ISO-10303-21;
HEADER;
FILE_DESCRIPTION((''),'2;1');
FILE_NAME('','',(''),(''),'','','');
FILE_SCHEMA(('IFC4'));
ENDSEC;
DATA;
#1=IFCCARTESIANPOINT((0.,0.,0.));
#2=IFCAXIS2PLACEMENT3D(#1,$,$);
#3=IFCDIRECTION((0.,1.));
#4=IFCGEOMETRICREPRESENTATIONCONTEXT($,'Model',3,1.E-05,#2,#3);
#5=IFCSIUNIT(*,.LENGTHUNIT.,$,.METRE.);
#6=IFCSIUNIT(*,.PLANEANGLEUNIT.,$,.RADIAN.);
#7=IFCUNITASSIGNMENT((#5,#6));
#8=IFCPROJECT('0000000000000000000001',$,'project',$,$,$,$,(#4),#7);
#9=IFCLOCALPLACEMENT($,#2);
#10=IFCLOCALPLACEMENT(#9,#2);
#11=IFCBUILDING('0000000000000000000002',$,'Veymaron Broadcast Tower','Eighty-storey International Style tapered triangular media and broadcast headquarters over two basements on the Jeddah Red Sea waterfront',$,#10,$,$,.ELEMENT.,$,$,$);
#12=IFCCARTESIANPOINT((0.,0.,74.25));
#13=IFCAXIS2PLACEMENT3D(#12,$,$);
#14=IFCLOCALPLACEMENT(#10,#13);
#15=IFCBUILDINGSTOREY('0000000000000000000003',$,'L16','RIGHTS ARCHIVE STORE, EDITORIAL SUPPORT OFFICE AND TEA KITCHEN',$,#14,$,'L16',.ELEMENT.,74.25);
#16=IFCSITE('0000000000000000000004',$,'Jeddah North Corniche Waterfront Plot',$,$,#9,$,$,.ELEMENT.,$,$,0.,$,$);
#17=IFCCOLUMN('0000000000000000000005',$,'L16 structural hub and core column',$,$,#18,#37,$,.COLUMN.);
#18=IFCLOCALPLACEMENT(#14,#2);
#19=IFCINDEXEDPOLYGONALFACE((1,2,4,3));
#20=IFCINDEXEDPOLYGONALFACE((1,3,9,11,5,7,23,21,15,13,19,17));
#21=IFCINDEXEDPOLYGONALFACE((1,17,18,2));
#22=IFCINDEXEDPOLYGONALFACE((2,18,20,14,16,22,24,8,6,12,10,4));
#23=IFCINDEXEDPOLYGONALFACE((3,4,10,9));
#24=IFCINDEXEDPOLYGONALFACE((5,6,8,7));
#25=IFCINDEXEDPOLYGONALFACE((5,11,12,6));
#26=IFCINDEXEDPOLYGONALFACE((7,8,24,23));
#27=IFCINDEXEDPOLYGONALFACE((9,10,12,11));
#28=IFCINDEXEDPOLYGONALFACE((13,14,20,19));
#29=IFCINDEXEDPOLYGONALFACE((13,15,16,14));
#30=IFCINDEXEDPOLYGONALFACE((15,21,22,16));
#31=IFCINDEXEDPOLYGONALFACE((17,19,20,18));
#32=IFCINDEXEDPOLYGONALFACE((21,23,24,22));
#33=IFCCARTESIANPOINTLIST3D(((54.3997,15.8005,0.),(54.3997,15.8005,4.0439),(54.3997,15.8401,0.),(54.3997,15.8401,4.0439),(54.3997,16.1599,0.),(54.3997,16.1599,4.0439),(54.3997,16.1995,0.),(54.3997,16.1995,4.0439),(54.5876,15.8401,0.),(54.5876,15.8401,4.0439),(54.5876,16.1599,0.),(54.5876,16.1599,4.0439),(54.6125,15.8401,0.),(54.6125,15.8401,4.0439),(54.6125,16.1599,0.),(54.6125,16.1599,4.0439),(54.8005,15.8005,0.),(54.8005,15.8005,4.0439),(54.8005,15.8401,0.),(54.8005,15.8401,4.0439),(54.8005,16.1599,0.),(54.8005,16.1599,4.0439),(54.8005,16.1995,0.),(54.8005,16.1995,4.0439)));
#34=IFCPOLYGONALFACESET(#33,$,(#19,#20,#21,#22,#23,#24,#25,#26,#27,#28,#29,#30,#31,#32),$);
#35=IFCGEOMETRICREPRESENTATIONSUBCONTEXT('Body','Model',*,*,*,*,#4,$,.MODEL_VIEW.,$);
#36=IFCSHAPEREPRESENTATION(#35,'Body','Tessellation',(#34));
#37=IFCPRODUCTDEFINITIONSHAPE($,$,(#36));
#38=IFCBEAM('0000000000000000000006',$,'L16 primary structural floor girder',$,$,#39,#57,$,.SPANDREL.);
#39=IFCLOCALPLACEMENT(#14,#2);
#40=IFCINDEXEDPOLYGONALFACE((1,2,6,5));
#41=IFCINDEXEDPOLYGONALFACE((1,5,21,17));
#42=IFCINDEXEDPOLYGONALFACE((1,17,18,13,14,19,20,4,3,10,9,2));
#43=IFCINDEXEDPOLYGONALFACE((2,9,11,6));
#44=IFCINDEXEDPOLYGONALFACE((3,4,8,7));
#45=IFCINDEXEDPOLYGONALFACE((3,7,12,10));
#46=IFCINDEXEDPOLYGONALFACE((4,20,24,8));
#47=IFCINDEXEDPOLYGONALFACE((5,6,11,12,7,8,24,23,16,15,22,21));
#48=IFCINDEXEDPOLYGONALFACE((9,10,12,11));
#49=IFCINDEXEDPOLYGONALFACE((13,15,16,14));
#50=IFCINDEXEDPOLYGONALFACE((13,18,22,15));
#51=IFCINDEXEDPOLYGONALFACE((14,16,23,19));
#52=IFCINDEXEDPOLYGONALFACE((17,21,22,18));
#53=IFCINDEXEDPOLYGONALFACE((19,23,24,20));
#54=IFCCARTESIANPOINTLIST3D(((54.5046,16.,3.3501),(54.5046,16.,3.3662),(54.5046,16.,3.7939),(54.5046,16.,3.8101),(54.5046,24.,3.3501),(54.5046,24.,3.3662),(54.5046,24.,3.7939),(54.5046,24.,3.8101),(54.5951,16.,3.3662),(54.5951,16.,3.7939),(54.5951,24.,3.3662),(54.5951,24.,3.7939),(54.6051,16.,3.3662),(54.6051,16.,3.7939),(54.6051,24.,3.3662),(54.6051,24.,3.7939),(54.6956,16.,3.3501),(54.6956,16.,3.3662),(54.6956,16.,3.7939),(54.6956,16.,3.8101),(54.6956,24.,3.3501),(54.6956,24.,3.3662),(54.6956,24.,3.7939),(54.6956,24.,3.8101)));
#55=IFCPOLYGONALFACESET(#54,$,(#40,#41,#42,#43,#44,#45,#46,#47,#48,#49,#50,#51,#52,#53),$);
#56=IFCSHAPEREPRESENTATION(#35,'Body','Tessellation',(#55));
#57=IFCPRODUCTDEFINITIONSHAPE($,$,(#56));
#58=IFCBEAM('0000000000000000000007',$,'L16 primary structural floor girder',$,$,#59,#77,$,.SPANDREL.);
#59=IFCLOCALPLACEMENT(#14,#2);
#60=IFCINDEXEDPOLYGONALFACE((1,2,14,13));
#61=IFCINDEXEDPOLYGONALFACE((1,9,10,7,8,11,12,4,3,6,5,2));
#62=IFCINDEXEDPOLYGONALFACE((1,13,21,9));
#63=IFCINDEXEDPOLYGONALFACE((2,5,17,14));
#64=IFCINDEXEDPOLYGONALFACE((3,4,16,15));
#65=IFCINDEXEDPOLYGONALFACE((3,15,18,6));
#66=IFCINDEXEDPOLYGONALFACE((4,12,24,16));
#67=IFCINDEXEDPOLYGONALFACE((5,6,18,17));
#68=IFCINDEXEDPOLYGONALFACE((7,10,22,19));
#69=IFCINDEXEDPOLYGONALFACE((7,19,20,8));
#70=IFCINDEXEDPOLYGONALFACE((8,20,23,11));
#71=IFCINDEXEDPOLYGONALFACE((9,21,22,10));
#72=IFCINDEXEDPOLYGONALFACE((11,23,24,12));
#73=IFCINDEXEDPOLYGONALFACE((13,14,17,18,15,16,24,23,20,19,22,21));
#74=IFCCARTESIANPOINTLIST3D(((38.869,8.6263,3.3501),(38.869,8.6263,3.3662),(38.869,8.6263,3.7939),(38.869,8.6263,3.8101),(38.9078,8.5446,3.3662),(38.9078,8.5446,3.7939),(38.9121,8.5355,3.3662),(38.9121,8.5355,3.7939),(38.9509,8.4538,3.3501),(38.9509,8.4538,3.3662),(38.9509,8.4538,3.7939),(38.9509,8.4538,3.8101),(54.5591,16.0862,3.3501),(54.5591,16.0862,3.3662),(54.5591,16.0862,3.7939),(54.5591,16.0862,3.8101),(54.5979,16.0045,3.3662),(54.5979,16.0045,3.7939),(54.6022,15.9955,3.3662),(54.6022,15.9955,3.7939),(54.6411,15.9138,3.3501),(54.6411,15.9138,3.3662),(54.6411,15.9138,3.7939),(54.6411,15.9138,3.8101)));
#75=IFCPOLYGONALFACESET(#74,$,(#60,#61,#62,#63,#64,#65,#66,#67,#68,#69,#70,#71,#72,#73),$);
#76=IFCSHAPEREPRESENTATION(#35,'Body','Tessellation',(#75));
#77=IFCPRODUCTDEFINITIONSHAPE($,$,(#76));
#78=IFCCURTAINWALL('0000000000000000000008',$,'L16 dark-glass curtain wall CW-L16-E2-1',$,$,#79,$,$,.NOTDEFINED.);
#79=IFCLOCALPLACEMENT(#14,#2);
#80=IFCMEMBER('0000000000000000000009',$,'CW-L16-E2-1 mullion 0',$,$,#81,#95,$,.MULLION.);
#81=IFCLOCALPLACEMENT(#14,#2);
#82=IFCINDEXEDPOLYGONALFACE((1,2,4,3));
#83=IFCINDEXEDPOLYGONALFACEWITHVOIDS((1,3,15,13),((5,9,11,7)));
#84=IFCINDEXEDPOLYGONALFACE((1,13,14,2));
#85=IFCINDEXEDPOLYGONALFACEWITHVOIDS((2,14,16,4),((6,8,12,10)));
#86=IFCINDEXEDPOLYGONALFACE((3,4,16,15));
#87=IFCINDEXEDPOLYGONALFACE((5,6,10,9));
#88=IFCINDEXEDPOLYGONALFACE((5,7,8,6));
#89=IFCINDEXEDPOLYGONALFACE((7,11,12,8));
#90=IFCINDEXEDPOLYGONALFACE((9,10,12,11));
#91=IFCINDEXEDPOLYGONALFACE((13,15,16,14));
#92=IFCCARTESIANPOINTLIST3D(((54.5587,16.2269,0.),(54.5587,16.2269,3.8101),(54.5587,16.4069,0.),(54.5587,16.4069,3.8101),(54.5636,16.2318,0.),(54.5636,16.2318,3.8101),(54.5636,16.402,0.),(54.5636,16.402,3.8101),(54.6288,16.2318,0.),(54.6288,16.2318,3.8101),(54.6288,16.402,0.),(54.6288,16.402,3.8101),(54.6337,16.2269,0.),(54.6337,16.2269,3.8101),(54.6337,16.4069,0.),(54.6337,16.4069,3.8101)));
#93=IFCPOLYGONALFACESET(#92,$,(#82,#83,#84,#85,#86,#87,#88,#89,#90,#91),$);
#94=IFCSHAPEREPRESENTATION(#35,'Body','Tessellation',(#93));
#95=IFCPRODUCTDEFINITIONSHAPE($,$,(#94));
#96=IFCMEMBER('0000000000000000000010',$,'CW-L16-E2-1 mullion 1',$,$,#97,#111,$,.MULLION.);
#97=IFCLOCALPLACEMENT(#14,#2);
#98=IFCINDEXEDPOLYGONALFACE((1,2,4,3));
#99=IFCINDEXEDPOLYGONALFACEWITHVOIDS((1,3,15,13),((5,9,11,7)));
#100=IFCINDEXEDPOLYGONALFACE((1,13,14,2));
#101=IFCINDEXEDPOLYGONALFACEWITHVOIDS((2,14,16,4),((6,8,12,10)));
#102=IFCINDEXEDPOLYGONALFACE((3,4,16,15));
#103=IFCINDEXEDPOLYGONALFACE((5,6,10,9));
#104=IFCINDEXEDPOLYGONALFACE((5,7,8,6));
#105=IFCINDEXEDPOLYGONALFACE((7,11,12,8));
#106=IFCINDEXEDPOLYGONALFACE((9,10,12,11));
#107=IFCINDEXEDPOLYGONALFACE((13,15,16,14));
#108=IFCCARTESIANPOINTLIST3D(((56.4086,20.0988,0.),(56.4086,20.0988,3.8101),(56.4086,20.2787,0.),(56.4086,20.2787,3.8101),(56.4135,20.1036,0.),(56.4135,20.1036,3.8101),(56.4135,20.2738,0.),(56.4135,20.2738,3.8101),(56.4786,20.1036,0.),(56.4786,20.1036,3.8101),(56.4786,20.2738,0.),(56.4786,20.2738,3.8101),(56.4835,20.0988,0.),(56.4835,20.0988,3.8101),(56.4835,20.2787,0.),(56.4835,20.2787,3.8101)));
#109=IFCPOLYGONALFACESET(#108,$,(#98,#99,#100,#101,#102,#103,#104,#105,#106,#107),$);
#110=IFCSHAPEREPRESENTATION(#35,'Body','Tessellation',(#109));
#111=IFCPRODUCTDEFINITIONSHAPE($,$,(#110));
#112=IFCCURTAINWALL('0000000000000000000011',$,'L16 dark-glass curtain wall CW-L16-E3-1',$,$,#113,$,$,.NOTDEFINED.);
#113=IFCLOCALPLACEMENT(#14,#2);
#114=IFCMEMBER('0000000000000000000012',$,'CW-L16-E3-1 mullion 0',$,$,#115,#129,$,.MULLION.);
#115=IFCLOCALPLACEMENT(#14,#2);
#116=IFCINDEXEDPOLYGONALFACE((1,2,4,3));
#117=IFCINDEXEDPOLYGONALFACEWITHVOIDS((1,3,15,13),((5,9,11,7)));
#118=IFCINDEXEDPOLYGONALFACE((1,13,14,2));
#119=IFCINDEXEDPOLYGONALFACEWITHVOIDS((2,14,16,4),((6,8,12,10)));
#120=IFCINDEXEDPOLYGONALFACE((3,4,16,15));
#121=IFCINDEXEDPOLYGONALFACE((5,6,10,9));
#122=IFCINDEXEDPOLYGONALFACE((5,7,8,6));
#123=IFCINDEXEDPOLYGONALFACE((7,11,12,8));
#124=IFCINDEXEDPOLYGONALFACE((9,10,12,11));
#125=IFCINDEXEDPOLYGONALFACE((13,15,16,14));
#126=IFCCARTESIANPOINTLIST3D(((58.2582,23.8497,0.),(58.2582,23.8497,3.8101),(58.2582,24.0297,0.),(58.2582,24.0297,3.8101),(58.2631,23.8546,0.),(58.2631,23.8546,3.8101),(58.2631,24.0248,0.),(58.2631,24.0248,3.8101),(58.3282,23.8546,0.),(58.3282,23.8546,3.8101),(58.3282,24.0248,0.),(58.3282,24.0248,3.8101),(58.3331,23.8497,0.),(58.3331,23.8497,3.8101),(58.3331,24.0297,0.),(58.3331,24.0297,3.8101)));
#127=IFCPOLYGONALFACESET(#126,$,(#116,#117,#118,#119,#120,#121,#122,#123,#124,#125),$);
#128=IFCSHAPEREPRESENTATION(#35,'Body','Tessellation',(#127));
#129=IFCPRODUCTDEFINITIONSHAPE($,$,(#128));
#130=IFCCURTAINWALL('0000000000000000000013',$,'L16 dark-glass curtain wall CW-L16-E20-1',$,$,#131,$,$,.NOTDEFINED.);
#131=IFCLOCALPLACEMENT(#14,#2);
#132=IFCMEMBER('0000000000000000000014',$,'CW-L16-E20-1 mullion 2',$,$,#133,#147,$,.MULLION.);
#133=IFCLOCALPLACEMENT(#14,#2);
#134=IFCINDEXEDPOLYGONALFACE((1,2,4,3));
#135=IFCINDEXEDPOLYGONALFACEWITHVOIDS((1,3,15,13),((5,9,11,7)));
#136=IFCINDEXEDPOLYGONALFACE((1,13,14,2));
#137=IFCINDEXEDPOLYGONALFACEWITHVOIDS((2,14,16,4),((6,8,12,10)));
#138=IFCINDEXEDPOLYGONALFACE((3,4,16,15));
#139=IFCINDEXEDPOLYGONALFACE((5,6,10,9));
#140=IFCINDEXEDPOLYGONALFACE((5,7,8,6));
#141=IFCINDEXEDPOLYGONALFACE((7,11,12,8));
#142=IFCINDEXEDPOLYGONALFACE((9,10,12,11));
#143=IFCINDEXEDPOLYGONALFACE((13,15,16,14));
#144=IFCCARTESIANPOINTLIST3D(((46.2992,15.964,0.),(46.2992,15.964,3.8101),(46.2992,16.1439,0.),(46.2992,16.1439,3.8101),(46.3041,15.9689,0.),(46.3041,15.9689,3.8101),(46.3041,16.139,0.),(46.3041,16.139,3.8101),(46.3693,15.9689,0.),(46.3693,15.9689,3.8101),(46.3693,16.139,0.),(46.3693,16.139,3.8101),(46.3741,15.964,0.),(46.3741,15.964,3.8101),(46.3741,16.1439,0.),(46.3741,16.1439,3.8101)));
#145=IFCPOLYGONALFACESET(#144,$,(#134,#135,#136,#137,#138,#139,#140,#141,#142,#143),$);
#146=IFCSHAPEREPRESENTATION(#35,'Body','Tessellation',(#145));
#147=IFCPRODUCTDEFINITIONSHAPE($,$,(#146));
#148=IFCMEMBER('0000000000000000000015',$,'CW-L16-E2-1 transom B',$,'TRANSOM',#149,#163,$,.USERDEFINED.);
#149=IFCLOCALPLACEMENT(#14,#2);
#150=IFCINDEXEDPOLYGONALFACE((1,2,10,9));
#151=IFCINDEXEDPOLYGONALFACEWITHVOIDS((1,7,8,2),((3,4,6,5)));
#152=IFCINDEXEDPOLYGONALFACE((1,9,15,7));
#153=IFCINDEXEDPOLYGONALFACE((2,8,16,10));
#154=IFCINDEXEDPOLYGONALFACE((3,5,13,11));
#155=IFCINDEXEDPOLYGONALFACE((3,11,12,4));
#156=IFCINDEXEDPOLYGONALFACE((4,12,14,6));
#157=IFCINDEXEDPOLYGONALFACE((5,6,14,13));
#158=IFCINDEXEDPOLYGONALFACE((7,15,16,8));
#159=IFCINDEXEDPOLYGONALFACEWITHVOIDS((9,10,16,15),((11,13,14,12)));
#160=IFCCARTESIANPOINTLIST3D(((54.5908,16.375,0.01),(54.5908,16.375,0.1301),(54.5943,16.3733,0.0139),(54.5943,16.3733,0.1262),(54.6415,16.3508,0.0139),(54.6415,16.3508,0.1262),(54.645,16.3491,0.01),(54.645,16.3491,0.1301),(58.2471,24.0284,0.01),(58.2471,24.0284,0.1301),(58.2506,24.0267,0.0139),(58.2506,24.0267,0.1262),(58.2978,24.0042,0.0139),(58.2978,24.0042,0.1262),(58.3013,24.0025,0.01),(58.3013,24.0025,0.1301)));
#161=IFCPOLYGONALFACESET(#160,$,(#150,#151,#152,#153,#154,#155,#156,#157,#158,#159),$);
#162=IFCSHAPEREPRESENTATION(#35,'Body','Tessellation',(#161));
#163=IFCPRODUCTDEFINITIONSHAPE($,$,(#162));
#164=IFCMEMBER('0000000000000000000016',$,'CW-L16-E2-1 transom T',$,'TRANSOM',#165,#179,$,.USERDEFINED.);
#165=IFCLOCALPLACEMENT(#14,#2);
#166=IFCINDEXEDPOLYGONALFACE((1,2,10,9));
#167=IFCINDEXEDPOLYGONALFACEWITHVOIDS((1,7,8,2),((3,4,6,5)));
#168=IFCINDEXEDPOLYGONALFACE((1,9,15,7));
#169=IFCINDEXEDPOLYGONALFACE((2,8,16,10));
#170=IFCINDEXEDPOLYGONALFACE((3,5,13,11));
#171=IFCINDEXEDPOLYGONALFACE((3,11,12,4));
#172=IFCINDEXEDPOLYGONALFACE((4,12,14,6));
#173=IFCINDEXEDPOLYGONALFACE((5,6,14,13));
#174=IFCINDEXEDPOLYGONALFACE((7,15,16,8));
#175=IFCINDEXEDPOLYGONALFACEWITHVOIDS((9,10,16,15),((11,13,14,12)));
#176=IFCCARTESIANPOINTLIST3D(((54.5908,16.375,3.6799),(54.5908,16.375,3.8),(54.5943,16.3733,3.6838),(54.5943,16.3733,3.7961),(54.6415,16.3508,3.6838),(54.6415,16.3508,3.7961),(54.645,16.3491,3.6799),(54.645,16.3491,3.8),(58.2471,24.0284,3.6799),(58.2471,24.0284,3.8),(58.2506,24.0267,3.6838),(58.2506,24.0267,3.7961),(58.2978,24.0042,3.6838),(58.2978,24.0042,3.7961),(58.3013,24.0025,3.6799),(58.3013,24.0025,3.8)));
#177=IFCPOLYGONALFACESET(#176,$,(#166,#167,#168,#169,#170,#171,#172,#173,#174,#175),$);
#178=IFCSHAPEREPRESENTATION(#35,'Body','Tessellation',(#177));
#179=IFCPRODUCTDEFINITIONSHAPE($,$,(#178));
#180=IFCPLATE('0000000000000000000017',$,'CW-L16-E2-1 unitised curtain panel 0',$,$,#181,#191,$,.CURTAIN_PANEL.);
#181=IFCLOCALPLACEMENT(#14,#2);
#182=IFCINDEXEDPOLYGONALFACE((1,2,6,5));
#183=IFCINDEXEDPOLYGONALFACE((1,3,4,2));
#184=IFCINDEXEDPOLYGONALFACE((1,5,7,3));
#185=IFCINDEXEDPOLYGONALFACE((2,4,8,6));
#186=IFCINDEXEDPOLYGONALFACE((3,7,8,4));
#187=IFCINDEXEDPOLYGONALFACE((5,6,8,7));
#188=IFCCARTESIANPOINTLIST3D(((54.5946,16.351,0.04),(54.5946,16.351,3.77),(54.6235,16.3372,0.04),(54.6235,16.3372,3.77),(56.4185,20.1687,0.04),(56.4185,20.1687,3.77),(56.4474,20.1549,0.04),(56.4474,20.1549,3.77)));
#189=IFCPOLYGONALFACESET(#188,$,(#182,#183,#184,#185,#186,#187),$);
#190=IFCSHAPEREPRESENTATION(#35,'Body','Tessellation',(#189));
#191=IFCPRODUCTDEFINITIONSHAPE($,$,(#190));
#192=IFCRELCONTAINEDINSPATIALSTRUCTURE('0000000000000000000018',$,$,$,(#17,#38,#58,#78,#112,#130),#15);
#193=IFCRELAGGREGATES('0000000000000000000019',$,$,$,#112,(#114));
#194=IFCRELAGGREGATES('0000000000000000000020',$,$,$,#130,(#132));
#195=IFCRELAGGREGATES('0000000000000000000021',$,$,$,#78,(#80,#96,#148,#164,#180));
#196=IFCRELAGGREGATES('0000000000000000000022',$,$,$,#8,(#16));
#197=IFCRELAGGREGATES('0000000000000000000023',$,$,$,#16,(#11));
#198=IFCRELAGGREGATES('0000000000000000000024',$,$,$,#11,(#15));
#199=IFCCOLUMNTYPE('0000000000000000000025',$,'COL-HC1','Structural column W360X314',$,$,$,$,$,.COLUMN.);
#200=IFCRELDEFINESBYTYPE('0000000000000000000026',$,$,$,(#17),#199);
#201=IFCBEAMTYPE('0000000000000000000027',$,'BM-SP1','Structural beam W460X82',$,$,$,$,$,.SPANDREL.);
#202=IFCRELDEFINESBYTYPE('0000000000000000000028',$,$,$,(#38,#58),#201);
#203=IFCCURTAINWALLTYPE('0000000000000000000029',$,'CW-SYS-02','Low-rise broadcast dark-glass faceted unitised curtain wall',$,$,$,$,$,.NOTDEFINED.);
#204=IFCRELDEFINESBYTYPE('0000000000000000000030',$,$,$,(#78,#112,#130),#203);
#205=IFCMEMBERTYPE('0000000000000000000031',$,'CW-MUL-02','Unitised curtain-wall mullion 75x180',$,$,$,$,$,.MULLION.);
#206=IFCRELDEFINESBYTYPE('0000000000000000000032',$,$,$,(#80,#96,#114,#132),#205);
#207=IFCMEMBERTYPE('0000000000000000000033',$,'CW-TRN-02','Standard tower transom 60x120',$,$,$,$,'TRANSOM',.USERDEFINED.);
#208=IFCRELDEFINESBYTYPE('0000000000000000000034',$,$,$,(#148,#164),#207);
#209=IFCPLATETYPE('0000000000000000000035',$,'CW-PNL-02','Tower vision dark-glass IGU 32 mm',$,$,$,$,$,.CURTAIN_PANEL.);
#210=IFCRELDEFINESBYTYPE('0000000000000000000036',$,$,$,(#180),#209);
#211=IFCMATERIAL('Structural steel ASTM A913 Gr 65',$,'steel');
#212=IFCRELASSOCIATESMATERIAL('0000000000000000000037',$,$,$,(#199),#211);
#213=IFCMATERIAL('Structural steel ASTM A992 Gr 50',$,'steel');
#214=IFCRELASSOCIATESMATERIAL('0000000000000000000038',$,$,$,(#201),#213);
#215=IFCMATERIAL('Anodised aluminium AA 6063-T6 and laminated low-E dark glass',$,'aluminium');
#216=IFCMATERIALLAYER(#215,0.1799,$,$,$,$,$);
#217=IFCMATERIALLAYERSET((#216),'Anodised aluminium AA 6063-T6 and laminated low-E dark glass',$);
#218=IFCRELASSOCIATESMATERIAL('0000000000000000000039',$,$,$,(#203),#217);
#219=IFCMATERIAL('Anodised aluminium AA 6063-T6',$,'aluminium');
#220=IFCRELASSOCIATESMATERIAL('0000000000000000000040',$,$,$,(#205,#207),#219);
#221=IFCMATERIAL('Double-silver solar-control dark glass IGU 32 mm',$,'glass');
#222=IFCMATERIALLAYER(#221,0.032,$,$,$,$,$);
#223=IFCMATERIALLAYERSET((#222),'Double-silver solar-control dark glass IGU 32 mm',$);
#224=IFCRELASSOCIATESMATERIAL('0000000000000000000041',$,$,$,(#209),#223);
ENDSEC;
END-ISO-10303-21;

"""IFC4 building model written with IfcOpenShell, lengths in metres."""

from ifc_helpers import new_model, si_unit, direction, frame, origin, origin_2d, place, context, subcontext, project, spatial, rectangle, hollow_rectangle, i_section, extrude, material, layer, layer_set, material_profile, profile_set, type_object, element, aggregate, save


model = new_model("IFC4")

# Units and contexts
model_context = context("Model", 3, precision=1e-05, world=origin(), true_north=direction((0.0, 1.0)))
body_context = subcontext(model_context, "Body", "Model", "MODEL_VIEW")
ifc_project = project(units=[si_unit("LENGTHUNIT", "METRE"), si_unit("PLANEANGLEUNIT", "RADIAN")], contexts=[model_context])

# Site, building, storey
site_placement = place(None, origin())
site = spatial("IfcSite", under=ifc_project, at=site_placement, Name="Jeddah North Corniche Waterfront Plot", CompositionType="ELEMENT", RefElevation=0.0)
building_placement = place(site_placement, origin())
building = spatial("IfcBuilding", under=site, at=building_placement, Name="Veymaron Broadcast Tower", Description="Eighty-storey International Style tapered triangular media and broadcast headquarters over two basements on the Jeddah Red Sea waterfront", CompositionType="ELEMENT")
storey_placement = place(building_placement, frame((0.0, 0.0, 74.25)))
storey = spatial("IfcBuildingStorey", under=building, at=storey_placement, Name="L16", Description="RIGHTS ARCHIVE STORE, EDITORIAL SUPPORT OFFICE AND TEA KITCHEN", LongName="L16", CompositionType="ELEMENT", Elevation=74.25)

# Column
ifc_material_1 = material(Name="Structural steel ASTM A913 Gr 65", Category="steel")
ifc_material_profile_1 = material_profile(ifc_material_1, i_section(OverallWidth=0.4009, OverallDepth=0.3989, WebThickness=0.0249, FlangeThickness=0.0396, at=origin_2d()), Name="W360X314")
ifc_profile_set_1 = profile_set([ifc_material_profile_1], Name="Structural steel ASTM A913 Gr 65")
column_type = type_object("IfcColumnType", Name="COL-HC1", Description="Structural column W360X314", PredefinedType="COLUMN", material=ifc_profile_set_1)
column_placement = place(storey_placement, frame((54.6001, 16.0, 0.0), z_axis=(0.0, 0.0, 1.0), x_axis=(1.0, 0.0, 0.0)))
element("IfcColumn", 1, at=column_placement, inside=storey, type_object=column_type, Name="L16 structural hub and core column", PredefinedType="COLUMN", context=body_context, shape_type="SweptSolid", body=[
    extrude(i_section(OverallWidth=0.4009, OverallDepth=0.3989, WebThickness=0.0249, FlangeThickness=0.0396, at=origin_2d()), origin(), (0.0, 0.0, 1.0), 4.0439),
])

# Beams
ifc_material_2 = material(Name="Structural steel ASTM A992 Gr 50", Category="steel")
ifc_material_profile_2 = material_profile(ifc_material_2, i_section(OverallWidth=0.1909, OverallDepth=0.46, WebThickness=0.01, FlangeThickness=0.0161, at=origin_2d()), Name="W460X82")
ifc_profile_set_2 = profile_set([ifc_material_profile_2], Name="Structural steel ASTM A992 Gr 50")
beam_type = type_object("IfcBeamType", Name="BM-SP1", Description="Structural beam W460X82", PredefinedType="SPANDREL", material=ifc_profile_set_2)
beam_1_placement = place(storey_placement, frame((54.6001, 16.0, 3.5801), z_axis=(0.0, 1.0, 0.0), x_axis=(-1.0, 0.0, 0.0)))
element("IfcBeam", 2, at=beam_1_placement, inside=storey, type_object=beam_type, Name="L16 primary structural floor girder", PredefinedType="SPANDREL", context=body_context, shape_type="SweptSolid", body=[
    extrude(i_section(OverallWidth=0.1909, OverallDepth=0.46, WebThickness=0.01, FlangeThickness=0.0161, at=origin_2d()), origin(), (0.0, 0.0, 1.0), 8.0),
])
beam_2_placement = place(storey_placement, frame((54.6001, 16.0, 3.5801), z_axis=(-0.903119, -0.429391, 0.0), x_axis=(0.429391, -0.903119, 0.0)))
element("IfcBeam", 3, at=beam_2_placement, inside=storey, type_object=beam_type, Name="L16 primary structural floor girder", PredefinedType="SPANDREL", context=body_context, shape_type="SweptSolid", body=[
    extrude(i_section(OverallWidth=0.1909, OverallDepth=0.46, WebThickness=0.01, FlangeThickness=0.0161, at=origin_2d()), origin(), (0.0, 0.0, 1.0), 17.3733),
])

# Curtain wall, members
ifc_material_3 = material(Name="Anodised aluminium AA 6063-T6 and laminated low-E dark glass", Category="aluminium")
ifc_layer_1 = layer(ifc_material_3, 0.1799)
ifc_layer_set_1 = layer_set([ifc_layer_1], Name="Anodised aluminium AA 6063-T6 and laminated low-E dark glass")
curtain_wall_type = type_object("IfcCurtainWallType", Name="CW-SYS-02", Description="Low-rise broadcast dark-glass faceted unitised curtain wall", PredefinedType="NOTDEFINED", material=ifc_layer_set_1)
curtain_wall_1_placement = place(storey_placement, origin())
curtain_wall_1 = element("IfcCurtainWall", 4, at=curtain_wall_1_placement, inside=storey, type_object=curtain_wall_type, Name="L16 dark-glass curtain wall CW-L16-E2-1", PredefinedType="NOTDEFINED")
ifc_material_4 = material(Name="Anodised aluminium AA 6063-T6", Category="aluminium")
ifc_material_profile_3 = material_profile(ifc_material_4, hollow_rectangle(XDim=0.075, YDim=0.1799, WallThickness=0.0049, at=origin_2d()), Name="AL180X75X5")
ifc_profile_set_3 = profile_set([ifc_material_profile_3], Name="Anodised aluminium AA 6063-T6")
member_type_1 = type_object("IfcMemberType", Name="CW-MUL-02", Description="Unitised curtain-wall mullion 75x180", PredefinedType="MULLION", material=ifc_profile_set_3)
member_1_placement = place(storey_placement, frame((54.5962, 16.3169, 0.0), z_axis=(0.0, 0.0, 1.0), x_axis=(1.0, 0.0, 0.0)))
member_1 = element("IfcMember", 5, at=member_1_placement, type_object=member_type_1, Name="CW-L16-E2-1 mullion 0", PredefinedType="MULLION", context=body_context, shape_type="SweptSolid", body=[
    extrude(hollow_rectangle(XDim=0.075, YDim=0.1799, WallThickness=0.0049, at=origin_2d()), origin(), (0.0, 0.0, 1.0), 3.8101),
])
member_2_placement = place(storey_placement, frame((56.446, 20.1887, 0.0), z_axis=(0.0, 0.0, 1.0), x_axis=(1.0, 0.0, 0.0)))
member_2 = element("IfcMember", 6, at=member_2_placement, type_object=member_type_1, Name="CW-L16-E2-1 mullion 1", PredefinedType="MULLION", context=body_context, shape_type="SweptSolid", body=[
    extrude(hollow_rectangle(XDim=0.075, YDim=0.1799, WallThickness=0.0049, at=origin_2d()), origin(), (0.0, 0.0, 1.0), 3.8101),
])

# Curtain walls, members
curtain_wall_2_placement = place(storey_placement, origin())
curtain_wall_2 = element("IfcCurtainWall", 7, at=curtain_wall_2_placement, inside=storey, type_object=curtain_wall_type, Name="L16 dark-glass curtain wall CW-L16-E3-1", PredefinedType="NOTDEFINED")
member_3_placement = place(storey_placement, frame((58.2957, 23.9397, 0.0), z_axis=(0.0, 0.0, 1.0), x_axis=(1.0, 0.0, 0.0)))
member_3 = element("IfcMember", 8, at=member_3_placement, type_object=member_type_1, Name="CW-L16-E3-1 mullion 0", PredefinedType="MULLION", context=body_context, shape_type="SweptSolid", body=[
    extrude(hollow_rectangle(XDim=0.075, YDim=0.1799, WallThickness=0.0049, at=origin_2d()), origin(), (0.0, 0.0, 1.0), 3.8101),
])
aggregate(curtain_wall_2, [member_3])
curtain_wall_3_placement = place(storey_placement, origin())
curtain_wall_3 = element("IfcCurtainWall", 9, at=curtain_wall_3_placement, inside=storey, type_object=curtain_wall_type, Name="L16 dark-glass curtain wall CW-L16-E20-1", PredefinedType="NOTDEFINED")
member_4_placement = place(storey_placement, frame((46.3367, 16.054, 0.0), z_axis=(0.0, 0.0, 1.0), x_axis=(1.0, 0.0, 0.0)))
member_4 = element("IfcMember", 10, at=member_4_placement, type_object=member_type_1, Name="CW-L16-E20-1 mullion 2", PredefinedType="MULLION", context=body_context, shape_type="SweptSolid", body=[
    extrude(hollow_rectangle(XDim=0.075, YDim=0.1799, WallThickness=0.0049, at=origin_2d()), origin(), (0.0, 0.0, 1.0), 3.8101),
])
aggregate(curtain_wall_3, [member_4])

# Members
ifc_material_profile_4 = material_profile(ifc_material_4, hollow_rectangle(XDim=0.0601, YDim=0.1201, WallThickness=0.0039, at=origin_2d()), Name="AL120X60X4")
ifc_profile_set_4 = profile_set([ifc_material_profile_4], Name="Anodised aluminium AA 6063-T6")
member_type_2 = type_object("IfcMemberType", Name="CW-TRN-02", Description="Standard tower transom 60x120", ElementType="TRANSOM", PredefinedType="USERDEFINED", material=ifc_profile_set_4)
member_5_placement = place(storey_placement, frame((54.6179, 16.3621, 0.0701), z_axis=(0.431068, 0.902319, 0.0), x_axis=(-0.902319, 0.431068, 0.0)))
member_5 = element("IfcMember", 11, at=member_5_placement, type_object=member_type_2, Name="CW-L16-E2-1 transom B", ObjectType="TRANSOM", PredefinedType="USERDEFINED", context=body_context, shape_type="SweptSolid", body=[
    extrude(hollow_rectangle(XDim=0.0601, YDim=0.1201, WallThickness=0.0039, at=origin_2d()), origin(), (0.0, 0.0, 1.0), 8.4819),
])
member_6_placement = place(storey_placement, frame((54.6179, 16.3621, 3.74), z_axis=(0.431068, 0.902319, 0.0), x_axis=(-0.902319, 0.431068, 0.0)))
member_6 = element("IfcMember", 12, at=member_6_placement, type_object=member_type_2, Name="CW-L16-E2-1 transom T", ObjectType="TRANSOM", PredefinedType="USERDEFINED", context=body_context, shape_type="SweptSolid", body=[
    extrude(hollow_rectangle(XDim=0.0601, YDim=0.1201, WallThickness=0.0039, at=origin_2d()), origin(), (0.0, 0.0, 1.0), 8.4819),
])

# Plate
ifc_material_5 = material(Name="Double-silver solar-control dark glass IGU 32 mm", Category="glass")
ifc_layer_2 = layer(ifc_material_5, 0.032)
ifc_layer_set_2 = layer_set([ifc_layer_2], Name="Double-silver solar-control dark glass IGU 32 mm")
plate_type = type_object("IfcPlateType", Name="CW-PNL-02", Description="Tower vision dark-glass IGU 32 mm", PredefinedType="CURTAIN_PANEL", material=ifc_layer_set_2)
plate_1_placement = place(storey_placement, frame((55.521, 18.2529, 0.04), z_axis=(0.0, 0.0, 1.0), x_axis=(0.431078, 0.902315, 0.0)))
plate_1 = element("IfcPlate", 13, at=plate_1_placement, type_object=plate_type, Name="CW-L16-E2-1 unitised curtain panel 0", PredefinedType="CURTAIN_PANEL", context=body_context, shape_type="SweptSolid", body=[
    extrude(rectangle(XDim=4.231, YDim=0.032, at=origin_2d()), origin(), (0.0, 0.0, 1.0), 3.73),
])
aggregate(curtain_wall_1, [member_1, member_2, member_5, member_6, plate_1])

save(model, "model.ifc")
